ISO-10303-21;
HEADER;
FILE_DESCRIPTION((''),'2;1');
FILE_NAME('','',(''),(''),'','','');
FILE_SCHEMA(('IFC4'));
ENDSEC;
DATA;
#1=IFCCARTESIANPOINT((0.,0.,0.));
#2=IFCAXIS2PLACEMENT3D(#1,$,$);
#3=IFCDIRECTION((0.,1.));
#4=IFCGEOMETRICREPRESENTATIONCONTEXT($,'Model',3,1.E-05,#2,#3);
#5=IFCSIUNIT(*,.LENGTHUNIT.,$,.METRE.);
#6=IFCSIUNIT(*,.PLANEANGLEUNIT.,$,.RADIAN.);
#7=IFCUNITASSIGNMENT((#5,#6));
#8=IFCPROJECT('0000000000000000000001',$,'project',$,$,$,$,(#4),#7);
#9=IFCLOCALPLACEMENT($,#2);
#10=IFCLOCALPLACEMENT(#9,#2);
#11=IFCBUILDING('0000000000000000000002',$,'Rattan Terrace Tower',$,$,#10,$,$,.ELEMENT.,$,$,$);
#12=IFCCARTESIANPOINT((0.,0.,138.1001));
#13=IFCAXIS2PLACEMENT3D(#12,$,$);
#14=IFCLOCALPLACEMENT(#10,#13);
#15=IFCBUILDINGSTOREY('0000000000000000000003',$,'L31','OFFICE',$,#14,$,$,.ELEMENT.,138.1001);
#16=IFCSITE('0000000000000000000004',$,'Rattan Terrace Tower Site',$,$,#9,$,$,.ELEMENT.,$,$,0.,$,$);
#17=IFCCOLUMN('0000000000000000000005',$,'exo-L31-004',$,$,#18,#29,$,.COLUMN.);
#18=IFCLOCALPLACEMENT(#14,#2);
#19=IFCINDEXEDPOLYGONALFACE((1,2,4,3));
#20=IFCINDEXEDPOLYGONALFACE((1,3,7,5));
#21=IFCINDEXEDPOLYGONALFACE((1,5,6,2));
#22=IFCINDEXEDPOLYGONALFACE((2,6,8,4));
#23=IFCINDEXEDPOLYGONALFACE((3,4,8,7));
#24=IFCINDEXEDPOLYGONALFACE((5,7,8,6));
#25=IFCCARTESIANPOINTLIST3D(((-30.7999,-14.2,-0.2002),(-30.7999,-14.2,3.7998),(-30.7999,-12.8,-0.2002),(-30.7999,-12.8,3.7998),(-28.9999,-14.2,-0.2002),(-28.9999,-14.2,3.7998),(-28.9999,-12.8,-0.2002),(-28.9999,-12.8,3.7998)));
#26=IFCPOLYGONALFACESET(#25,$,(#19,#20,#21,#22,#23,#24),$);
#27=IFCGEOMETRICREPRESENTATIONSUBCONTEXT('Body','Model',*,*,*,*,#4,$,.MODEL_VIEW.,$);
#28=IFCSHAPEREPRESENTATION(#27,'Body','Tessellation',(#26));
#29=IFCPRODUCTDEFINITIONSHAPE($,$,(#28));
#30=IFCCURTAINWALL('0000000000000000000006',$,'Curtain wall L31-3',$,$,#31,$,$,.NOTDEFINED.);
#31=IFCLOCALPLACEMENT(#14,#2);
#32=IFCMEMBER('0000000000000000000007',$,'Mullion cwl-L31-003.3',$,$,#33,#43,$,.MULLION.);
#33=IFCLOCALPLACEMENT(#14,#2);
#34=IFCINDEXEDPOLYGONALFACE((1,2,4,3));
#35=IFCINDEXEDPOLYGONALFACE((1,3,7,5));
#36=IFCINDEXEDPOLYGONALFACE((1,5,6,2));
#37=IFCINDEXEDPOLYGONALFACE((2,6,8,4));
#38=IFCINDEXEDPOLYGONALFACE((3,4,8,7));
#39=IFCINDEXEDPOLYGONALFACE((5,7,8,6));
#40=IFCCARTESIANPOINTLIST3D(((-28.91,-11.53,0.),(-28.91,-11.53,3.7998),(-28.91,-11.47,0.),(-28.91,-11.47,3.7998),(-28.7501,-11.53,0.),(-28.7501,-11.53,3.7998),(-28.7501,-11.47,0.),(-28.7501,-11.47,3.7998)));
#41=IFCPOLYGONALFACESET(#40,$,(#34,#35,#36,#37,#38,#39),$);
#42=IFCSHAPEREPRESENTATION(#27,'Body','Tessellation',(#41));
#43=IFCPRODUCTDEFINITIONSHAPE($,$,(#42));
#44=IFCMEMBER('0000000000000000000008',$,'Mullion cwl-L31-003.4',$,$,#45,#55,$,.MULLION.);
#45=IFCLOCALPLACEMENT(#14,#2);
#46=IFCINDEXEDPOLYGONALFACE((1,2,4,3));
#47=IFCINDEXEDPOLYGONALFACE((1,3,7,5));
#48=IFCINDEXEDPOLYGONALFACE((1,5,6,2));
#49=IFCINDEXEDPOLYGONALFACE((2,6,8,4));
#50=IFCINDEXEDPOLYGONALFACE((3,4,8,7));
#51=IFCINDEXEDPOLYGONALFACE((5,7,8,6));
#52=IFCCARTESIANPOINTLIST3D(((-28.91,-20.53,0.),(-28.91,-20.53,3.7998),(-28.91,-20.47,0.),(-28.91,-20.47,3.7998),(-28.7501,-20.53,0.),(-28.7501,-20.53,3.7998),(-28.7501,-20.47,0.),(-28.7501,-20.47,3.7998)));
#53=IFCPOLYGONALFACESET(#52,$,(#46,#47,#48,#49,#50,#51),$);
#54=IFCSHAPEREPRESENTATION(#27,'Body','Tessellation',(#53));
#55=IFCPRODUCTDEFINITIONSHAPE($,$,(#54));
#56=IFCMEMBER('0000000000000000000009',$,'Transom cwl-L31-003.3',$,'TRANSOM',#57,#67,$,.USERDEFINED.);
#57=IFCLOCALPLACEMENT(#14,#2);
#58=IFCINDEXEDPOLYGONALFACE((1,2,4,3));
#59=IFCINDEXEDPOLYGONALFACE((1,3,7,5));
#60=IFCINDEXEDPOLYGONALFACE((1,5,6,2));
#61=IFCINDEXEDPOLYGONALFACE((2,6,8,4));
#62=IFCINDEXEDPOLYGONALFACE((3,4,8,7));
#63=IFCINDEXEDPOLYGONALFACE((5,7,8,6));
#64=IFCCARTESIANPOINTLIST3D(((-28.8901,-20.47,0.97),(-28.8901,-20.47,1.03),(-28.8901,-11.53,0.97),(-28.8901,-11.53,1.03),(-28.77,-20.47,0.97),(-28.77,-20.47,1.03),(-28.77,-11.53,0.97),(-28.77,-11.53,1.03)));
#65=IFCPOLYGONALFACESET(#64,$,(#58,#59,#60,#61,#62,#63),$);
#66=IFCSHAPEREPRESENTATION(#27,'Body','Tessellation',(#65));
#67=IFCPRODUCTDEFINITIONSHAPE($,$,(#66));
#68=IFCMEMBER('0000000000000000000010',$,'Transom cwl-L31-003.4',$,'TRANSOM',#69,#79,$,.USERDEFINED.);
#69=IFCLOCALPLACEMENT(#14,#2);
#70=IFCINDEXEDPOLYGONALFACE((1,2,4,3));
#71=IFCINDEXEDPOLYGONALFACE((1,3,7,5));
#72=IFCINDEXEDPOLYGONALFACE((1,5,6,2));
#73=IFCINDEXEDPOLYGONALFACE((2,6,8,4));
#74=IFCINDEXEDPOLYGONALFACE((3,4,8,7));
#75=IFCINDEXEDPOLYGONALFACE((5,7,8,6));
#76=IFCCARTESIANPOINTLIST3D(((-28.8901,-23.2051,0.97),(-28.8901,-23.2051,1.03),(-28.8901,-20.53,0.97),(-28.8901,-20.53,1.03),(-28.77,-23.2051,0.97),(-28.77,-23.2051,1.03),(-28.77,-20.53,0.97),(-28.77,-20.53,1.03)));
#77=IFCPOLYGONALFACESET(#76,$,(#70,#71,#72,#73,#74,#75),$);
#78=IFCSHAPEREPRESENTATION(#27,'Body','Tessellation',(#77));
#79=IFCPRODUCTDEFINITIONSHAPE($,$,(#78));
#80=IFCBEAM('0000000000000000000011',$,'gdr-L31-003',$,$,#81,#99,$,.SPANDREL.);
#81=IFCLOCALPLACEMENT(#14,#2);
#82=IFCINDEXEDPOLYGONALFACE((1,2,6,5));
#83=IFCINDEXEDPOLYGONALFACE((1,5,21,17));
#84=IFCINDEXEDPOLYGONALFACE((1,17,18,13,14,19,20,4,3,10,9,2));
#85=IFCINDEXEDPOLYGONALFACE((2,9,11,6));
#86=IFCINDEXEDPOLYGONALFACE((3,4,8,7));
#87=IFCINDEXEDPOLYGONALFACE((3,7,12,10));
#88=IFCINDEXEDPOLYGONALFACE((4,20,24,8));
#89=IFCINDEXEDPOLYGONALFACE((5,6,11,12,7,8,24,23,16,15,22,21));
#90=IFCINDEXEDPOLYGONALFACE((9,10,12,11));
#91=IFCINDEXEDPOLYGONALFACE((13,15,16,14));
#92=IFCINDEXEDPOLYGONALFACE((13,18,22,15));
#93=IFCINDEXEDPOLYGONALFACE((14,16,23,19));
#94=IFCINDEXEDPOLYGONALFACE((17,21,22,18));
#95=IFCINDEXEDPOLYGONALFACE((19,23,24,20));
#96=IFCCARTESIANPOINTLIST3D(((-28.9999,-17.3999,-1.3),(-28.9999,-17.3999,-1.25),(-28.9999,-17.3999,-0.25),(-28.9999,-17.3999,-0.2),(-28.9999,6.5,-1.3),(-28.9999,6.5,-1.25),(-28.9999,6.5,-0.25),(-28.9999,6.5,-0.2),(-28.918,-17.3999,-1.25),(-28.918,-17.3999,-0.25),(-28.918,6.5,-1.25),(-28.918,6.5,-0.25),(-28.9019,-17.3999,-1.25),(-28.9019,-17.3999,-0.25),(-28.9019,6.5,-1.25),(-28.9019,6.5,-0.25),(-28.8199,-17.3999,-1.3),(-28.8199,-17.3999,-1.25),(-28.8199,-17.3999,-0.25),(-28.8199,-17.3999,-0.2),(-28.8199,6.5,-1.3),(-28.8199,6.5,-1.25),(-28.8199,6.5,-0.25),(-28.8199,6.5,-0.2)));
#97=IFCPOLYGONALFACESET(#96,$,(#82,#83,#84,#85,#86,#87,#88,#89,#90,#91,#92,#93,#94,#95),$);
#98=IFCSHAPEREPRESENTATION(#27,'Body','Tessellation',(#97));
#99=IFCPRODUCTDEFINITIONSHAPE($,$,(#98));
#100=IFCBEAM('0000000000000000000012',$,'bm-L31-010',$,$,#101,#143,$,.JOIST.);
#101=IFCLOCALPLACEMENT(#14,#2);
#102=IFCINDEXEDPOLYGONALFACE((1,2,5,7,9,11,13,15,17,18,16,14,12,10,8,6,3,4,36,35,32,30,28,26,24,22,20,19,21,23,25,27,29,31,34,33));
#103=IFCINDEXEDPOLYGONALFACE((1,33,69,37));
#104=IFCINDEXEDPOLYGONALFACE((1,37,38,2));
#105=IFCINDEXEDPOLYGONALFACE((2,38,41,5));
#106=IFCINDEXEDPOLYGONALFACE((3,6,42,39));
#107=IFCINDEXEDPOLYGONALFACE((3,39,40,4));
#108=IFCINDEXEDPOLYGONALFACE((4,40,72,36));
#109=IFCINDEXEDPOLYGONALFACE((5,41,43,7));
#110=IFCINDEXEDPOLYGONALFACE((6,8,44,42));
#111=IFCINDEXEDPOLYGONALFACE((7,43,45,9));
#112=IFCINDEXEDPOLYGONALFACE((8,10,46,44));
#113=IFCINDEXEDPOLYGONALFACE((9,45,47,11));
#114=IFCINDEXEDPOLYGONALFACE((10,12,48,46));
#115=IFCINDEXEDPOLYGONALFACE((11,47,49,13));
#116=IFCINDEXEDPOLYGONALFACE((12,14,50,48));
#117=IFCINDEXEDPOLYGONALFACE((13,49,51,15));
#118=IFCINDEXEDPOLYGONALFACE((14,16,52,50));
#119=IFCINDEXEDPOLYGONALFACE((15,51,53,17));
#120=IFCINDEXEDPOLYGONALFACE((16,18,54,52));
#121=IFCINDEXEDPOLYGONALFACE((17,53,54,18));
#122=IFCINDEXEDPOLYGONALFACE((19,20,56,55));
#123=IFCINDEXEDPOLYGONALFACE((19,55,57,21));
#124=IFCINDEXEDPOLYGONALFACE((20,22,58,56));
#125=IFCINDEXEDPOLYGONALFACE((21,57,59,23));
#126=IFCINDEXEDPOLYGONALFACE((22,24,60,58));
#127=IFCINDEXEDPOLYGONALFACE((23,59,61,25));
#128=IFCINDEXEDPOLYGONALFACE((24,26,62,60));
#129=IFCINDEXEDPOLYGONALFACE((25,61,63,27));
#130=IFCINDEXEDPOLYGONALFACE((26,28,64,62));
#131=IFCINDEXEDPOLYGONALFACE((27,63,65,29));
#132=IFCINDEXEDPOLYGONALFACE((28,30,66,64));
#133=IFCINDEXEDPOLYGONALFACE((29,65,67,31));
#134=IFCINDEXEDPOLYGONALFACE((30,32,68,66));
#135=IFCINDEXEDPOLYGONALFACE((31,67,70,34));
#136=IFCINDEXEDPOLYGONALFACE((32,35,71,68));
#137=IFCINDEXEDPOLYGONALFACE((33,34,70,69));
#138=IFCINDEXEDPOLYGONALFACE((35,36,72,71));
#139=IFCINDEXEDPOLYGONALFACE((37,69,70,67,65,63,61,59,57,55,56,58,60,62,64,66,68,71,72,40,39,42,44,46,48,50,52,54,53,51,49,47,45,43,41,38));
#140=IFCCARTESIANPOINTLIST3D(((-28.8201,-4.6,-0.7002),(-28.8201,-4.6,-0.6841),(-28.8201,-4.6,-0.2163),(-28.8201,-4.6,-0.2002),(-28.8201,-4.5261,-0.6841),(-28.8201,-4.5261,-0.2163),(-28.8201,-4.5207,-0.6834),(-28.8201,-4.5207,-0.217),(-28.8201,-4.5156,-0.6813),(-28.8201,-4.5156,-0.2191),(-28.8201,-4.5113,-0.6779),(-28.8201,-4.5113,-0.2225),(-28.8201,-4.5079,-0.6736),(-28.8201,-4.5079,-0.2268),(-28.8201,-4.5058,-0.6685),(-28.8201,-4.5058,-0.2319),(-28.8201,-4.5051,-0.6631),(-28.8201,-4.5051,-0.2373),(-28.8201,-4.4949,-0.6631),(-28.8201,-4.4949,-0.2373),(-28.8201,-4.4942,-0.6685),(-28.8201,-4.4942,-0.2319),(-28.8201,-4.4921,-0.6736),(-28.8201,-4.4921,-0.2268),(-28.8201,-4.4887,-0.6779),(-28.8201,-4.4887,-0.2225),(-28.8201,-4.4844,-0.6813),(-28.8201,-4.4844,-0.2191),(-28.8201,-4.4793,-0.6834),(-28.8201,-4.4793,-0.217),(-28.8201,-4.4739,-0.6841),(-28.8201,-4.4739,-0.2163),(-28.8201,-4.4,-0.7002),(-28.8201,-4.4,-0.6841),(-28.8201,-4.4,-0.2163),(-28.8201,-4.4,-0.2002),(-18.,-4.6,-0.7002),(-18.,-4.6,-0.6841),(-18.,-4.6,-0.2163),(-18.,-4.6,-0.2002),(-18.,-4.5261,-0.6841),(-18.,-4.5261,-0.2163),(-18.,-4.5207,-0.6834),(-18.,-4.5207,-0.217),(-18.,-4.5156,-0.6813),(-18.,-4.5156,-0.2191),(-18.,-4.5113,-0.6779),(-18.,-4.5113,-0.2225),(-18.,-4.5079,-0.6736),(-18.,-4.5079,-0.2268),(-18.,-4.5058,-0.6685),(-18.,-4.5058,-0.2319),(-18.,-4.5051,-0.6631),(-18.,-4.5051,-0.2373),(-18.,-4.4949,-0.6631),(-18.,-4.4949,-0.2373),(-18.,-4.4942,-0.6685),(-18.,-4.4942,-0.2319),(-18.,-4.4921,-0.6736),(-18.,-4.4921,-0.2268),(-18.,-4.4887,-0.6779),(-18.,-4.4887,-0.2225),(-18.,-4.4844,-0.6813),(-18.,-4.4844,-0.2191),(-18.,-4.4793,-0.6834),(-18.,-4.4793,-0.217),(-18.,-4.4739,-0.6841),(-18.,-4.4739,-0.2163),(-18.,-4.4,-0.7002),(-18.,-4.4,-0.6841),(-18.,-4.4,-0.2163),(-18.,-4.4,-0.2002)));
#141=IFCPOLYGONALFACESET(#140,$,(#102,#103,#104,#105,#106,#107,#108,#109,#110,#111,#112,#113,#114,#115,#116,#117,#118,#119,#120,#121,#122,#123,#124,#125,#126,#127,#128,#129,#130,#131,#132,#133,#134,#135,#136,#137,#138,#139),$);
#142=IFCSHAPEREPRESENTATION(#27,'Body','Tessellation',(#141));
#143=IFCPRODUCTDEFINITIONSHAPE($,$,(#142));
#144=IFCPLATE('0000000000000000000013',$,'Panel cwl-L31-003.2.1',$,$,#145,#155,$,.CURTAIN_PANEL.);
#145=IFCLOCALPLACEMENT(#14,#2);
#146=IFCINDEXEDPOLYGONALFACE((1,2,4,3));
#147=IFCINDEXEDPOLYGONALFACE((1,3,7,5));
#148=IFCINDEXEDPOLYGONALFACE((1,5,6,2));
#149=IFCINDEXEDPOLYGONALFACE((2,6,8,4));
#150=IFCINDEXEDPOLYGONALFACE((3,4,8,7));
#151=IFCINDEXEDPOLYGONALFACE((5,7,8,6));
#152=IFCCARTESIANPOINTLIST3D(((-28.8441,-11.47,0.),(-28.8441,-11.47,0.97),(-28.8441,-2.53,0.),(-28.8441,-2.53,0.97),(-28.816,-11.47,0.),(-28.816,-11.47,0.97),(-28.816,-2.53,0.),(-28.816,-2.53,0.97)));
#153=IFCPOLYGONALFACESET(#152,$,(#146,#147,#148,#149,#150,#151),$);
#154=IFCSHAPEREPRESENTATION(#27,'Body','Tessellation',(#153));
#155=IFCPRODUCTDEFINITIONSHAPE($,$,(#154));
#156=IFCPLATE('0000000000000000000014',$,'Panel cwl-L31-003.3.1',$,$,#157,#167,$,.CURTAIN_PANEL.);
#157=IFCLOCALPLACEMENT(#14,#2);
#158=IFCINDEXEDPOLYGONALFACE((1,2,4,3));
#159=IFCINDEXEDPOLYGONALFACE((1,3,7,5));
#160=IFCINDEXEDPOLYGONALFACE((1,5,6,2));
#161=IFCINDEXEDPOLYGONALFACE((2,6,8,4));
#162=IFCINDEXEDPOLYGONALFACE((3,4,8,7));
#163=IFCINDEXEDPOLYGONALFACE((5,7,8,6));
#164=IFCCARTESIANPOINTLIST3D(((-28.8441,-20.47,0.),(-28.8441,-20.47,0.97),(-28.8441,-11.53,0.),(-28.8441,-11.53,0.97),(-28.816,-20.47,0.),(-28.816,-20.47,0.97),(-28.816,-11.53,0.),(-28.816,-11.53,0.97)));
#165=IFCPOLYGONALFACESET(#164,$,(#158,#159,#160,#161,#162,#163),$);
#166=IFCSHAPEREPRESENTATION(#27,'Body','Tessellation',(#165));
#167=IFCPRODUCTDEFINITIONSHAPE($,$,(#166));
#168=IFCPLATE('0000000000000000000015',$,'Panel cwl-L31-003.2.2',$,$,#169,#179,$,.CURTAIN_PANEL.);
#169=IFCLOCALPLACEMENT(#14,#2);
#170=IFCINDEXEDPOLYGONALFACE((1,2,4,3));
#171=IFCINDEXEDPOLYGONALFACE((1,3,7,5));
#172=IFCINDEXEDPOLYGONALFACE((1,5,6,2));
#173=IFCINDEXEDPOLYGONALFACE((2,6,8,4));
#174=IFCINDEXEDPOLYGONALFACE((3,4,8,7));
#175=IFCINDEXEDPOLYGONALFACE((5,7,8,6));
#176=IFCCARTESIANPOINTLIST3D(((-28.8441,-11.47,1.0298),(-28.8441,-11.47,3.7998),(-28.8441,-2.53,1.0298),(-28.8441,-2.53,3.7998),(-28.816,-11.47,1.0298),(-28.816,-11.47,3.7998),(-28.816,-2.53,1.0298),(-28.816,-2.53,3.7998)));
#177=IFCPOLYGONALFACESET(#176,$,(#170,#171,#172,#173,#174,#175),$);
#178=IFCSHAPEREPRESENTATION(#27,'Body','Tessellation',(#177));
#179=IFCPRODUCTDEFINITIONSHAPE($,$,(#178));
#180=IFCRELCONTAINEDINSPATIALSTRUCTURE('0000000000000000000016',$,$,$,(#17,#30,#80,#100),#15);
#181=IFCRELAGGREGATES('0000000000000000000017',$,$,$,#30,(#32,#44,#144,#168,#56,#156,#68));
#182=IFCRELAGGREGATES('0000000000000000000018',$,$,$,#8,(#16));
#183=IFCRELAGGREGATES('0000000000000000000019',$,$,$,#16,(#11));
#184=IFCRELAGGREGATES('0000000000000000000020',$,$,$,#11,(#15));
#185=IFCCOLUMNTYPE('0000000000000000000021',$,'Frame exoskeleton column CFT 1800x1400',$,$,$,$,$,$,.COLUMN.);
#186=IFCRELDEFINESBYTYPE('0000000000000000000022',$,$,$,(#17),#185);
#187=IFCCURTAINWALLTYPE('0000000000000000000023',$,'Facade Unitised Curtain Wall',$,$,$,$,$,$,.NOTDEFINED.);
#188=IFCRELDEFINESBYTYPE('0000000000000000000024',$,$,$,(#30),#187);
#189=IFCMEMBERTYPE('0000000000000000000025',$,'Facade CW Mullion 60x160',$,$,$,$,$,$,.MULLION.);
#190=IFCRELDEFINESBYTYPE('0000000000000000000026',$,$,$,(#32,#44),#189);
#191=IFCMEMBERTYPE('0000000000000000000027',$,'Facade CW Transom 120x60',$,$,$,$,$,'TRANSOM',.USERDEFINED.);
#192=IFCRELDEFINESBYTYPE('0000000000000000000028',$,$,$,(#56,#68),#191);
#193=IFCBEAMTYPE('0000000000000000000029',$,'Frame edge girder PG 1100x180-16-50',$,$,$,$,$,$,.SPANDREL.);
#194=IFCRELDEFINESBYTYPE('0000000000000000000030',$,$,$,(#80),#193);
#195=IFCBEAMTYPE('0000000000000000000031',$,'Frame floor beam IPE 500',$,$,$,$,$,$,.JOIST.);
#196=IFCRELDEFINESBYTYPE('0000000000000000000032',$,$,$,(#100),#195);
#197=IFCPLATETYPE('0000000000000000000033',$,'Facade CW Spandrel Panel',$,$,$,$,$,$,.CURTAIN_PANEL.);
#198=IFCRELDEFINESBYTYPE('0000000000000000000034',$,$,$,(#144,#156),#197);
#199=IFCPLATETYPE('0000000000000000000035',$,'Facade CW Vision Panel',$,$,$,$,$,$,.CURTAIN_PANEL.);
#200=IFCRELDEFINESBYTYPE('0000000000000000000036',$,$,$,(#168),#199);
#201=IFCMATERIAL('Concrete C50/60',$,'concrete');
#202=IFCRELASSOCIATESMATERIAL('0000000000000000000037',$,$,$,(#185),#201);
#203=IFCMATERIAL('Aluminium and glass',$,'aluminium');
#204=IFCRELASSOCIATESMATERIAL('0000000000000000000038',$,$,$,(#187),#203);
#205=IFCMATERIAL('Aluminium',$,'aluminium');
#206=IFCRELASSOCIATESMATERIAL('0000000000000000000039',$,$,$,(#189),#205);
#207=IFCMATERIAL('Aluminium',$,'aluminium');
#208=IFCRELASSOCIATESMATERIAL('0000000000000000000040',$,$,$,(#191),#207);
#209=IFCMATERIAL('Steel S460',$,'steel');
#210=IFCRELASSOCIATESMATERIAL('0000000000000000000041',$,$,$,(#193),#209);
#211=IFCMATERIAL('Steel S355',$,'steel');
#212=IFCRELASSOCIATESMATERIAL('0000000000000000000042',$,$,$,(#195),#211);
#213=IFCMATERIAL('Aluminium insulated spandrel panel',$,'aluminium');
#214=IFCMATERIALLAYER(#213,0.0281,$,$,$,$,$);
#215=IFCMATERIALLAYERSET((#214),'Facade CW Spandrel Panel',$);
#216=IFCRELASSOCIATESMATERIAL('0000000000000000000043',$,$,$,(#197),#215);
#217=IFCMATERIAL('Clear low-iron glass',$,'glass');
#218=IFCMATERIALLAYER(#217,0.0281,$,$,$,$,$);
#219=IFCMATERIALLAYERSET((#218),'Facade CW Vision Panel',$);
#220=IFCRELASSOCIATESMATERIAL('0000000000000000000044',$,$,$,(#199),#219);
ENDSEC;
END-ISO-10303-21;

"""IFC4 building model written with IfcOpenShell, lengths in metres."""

from ifc_helpers import new_model, si_unit, direction, frame, origin, origin_2d, place, context, subcontext, project, spatial, rectangle, i_section, extrude, material, layer, layer_set, material_profile, profile_set, type_object, element, aggregate, save


model = new_model("IFC4")

# Units and contexts
model_context = context("Model", 3, precision=1e-05, world=origin(), true_north=direction((0.0, 1.0)))
body_context = subcontext(model_context, "Body", "Model", "MODEL_VIEW")
ifc_project = project(units=[si_unit("LENGTHUNIT", "METRE"), si_unit("PLANEANGLEUNIT", "RADIAN")], contexts=[model_context])

# Site, building, storey
site_placement = place(None, origin())
site = spatial("IfcSite", under=ifc_project, at=site_placement, Name="Rattan Terrace Tower Site", CompositionType="ELEMENT", RefElevation=0.0)
building_placement = place(site_placement, origin())
building = spatial("IfcBuilding", under=site, at=building_placement, Name="Rattan Terrace Tower", CompositionType="ELEMENT")
storey_placement = place(building_placement, frame((0.0, 0.0, 138.1001)))
storey = spatial("IfcBuildingStorey", under=building, at=storey_placement, Name="L31", Description="OFFICE", CompositionType="ELEMENT", Elevation=138.1001)

# Column
ifc_material_1 = material(Name="Concrete C50/60", Category="concrete")
ifc_material_profile_1 = material_profile(ifc_material_1, rectangle(XDim=1.3999, YDim=1.8, at=origin_2d()), Name="CFT 1800x1400")
ifc_profile_set_1 = profile_set([ifc_material_profile_1], Name="Concrete C50/60")
column_type = type_object("IfcColumnType", Name="Frame exoskeleton column CFT 1800x1400", PredefinedType="COLUMN", material=ifc_profile_set_1)
column_placement = place(storey_placement, frame((-29.8999, -13.5, -0.2002), z_axis=(0.0, 0.0, 1.0), x_axis=(0.0, 1.0, 0.0)))
element("IfcColumn", 1, at=column_placement, inside=storey, type_object=column_type, Name="exo-L31-004", PredefinedType="COLUMN", context=body_context, shape_type="SweptSolid", body=[
    extrude(rectangle(XDim=1.3999, YDim=1.8, at=origin_2d()), origin(), (0.0, 0.0, 1.0), 4.0),
])

# Curtain wall, members
ifc_material_2 = material(Name="Aluminium and glass", Category="aluminium")
curtain_wall_type = type_object("IfcCurtainWallType", Name="Facade Unitised Curtain Wall", PredefinedType="NOTDEFINED", material=ifc_material_2)
curtain_wall_placement = place(storey_placement, origin())
curtain_wall = element("IfcCurtainWall", 2, at=curtain_wall_placement, inside=storey, type_object=curtain_wall_type, Name="Curtain wall L31-3", PredefinedType="NOTDEFINED")
ifc_material_3 = material(Name="Aluminium", Category="aluminium")
ifc_material_profile_2 = material_profile(ifc_material_3, rectangle(XDim=0.0601, YDim=0.1599, at=origin_2d()), Name="Aluminium 60x160")
ifc_profile_set_2 = profile_set([ifc_material_profile_2], Name="Aluminium")
member_type_1 = type_object("IfcMemberType", Name="Facade CW Mullion 60x160", PredefinedType="MULLION", material=ifc_profile_set_2)
member_1_placement = place(storey_placement, frame((-28.8301, -11.5, 0.0), z_axis=(0.0, 0.0, 1.0), x_axis=(0.0, -1.0, 0.0)))
member_1 = element("IfcMember", 3, at=member_1_placement, type_object=member_type_1, Name="Mullion cwl-L31-003.3", PredefinedType="MULLION", context=body_context, shape_type="SweptSolid", body=[
    extrude(rectangle(XDim=0.0601, YDim=0.1599, at=origin_2d()), origin(), (0.0, 0.0, 1.0), 3.7998),
])
member_2_placement = place(storey_placement, frame((-28.8301, -20.5, 0.0), z_axis=(0.0, 0.0, 1.0), x_axis=(0.0, -1.0, 0.0)))
member_2 = element("IfcMember", 4, at=member_2_placement, type_object=member_type_1, Name="Mullion cwl-L31-003.4", PredefinedType="MULLION", context=body_context, shape_type="SweptSolid", body=[
    extrude(rectangle(XDim=0.0601, YDim=0.1599, at=origin_2d()), origin(), (0.0, 0.0, 1.0), 3.7998),
])
ifc_material_4 = material(Name="Aluminium", Category="aluminium")
ifc_material_profile_3 = material_profile(ifc_material_4, rectangle(XDim=0.1201, YDim=0.0601, at=origin_2d()), Name="Aluminium 120x60")
ifc_profile_set_3 = profile_set([ifc_material_profile_3], Name="Aluminium")
member_type_2 = type_object("IfcMemberType", Name="Facade CW Transom 120x60", ElementType="TRANSOM", PredefinedType="USERDEFINED", material=ifc_profile_set_3)
member_3_placement = place(storey_placement, frame((-28.8301, -11.53, 1.0), z_axis=(0.0, -1.0, 0.0), x_axis=(1.0, 0.0, 0.0)))
member_3 = element("IfcMember", 5, at=member_3_placement, type_object=member_type_2, Name="Transom cwl-L31-003.3", ObjectType="TRANSOM", PredefinedType="USERDEFINED", context=body_context, shape_type="SweptSolid", body=[
    extrude(rectangle(XDim=0.1201, YDim=0.0601, at=origin_2d()), origin(), (0.0, 0.0, 1.0), 8.9399),
])
member_4_placement = place(storey_placement, frame((-28.8301, -20.53, 1.0), z_axis=(0.0, -1.0, 0.0), x_axis=(1.0, 0.0, 0.0)))
member_4 = element("IfcMember", 6, at=member_4_placement, type_object=member_type_2, Name="Transom cwl-L31-003.4", ObjectType="TRANSOM", PredefinedType="USERDEFINED", context=body_context, shape_type="SweptSolid", body=[
    extrude(rectangle(XDim=0.1201, YDim=0.0601, at=origin_2d()), origin(), (0.0, 0.0, 1.0), 2.675),
])

# Beams
ifc_material_5 = material(Name="Steel S460", Category="steel")
ifc_material_profile_4 = material_profile(ifc_material_5, i_section(OverallWidth=0.1799, OverallDepth=1.1001, WebThickness=0.0161, FlangeThickness=0.05, at=origin_2d()), Name="PG 1100x180-16-50")
ifc_profile_set_4 = profile_set([ifc_material_profile_4], Name="Steel S460")
beam_type_1 = type_object("IfcBeamType", Name="Frame edge girder PG 1100x180-16-50", PredefinedType="SPANDREL", material=ifc_profile_set_4)
beam_1_placement = place(storey_placement, frame((-28.9099, -17.3999, -0.75), z_axis=(0.0, 1.0, 0.0), x_axis=(-1.0, 0.0, 0.0)))
element("IfcBeam", 7, at=beam_1_placement, inside=storey, type_object=beam_type_1, Name="gdr-L31-003", PredefinedType="SPANDREL", context=body_context, shape_type="SweptSolid", body=[
    extrude(i_section(OverallWidth=0.1799, OverallDepth=1.1001, WebThickness=0.0161, FlangeThickness=0.05, at=origin_2d()), origin(), (0.0, 0.0, 1.0), 23.8999),
])
ifc_material_6 = material(Name="Steel S355", Category="steel")
ifc_material_profile_5 = material_profile(ifc_material_6, i_section(OverallWidth=0.2, OverallDepth=0.5, WebThickness=0.0103, FlangeThickness=0.0161, FilletRadius=0.021, at=origin_2d()), Name="IPE 500")
ifc_profile_set_5 = profile_set([ifc_material_profile_5], Name="Steel S355")
beam_type_2 = type_object("IfcBeamType", Name="Frame floor beam IPE 500", PredefinedType="JOIST", material=ifc_profile_set_5)
beam_2_placement = place(storey_placement, frame((-28.8201, -4.5, -0.4502), z_axis=(1.0, 0.0, 0.0), x_axis=(0.0, 1.0, 0.0)))
element("IfcBeam", 8, at=beam_2_placement, inside=storey, type_object=beam_type_2, Name="bm-L31-010", PredefinedType="JOIST", context=body_context, shape_type="SweptSolid", body=[
    extrude(i_section(OverallWidth=0.2, OverallDepth=0.5, WebThickness=0.0103, FlangeThickness=0.0161, FilletRadius=0.021, at=origin_2d()), origin(), (0.0, 0.0, 1.0), 10.8201),
])

# Plates
ifc_material_7 = material(Name="Aluminium insulated spandrel panel", Category="aluminium")
ifc_layer_1 = layer(ifc_material_7, 0.0281)
ifc_layer_set_1 = layer_set([ifc_layer_1], Name="Facade CW Spandrel Panel")
plate_type_1 = type_object("IfcPlateType", Name="Facade CW Spandrel Panel", PredefinedType="CURTAIN_PANEL", material=ifc_layer_set_1)
plate_1_placement = place(storey_placement, frame((-28.8301, -7.0, 0.0), z_axis=(0.0, 0.0, 1.0), x_axis=(0.0, -1.0, 0.0)))
plate_1 = element("IfcPlate", 9, at=plate_1_placement, type_object=plate_type_1, Name="Panel cwl-L31-003.2.1", PredefinedType="CURTAIN_PANEL", context=body_context, shape_type="SweptSolid", body=[
    extrude(rectangle(XDim=8.9399, YDim=0.0281, at=origin_2d()), origin(), (0.0, 0.0, 1.0), 0.97),
])
plate_2_placement = place(storey_placement, frame((-28.8301, -16.0, 0.0), z_axis=(0.0, 0.0, 1.0), x_axis=(0.0, -1.0, 0.0)))
plate_2 = element("IfcPlate", 10, at=plate_2_placement, type_object=plate_type_1, Name="Panel cwl-L31-003.3.1", PredefinedType="CURTAIN_PANEL", context=body_context, shape_type="SweptSolid", body=[
    extrude(rectangle(XDim=8.9399, YDim=0.0281, at=origin_2d()), origin(), (0.0, 0.0, 1.0), 0.97),
])
ifc_material_8 = material(Name="Clear low-iron glass", Category="glass")
ifc_layer_2 = layer(ifc_material_8, 0.0281)
ifc_layer_set_2 = layer_set([ifc_layer_2], Name="Facade CW Vision Panel")
plate_type_2 = type_object("IfcPlateType", Name="Facade CW Vision Panel", PredefinedType="CURTAIN_PANEL", material=ifc_layer_set_2)
plate_3_placement = place(storey_placement, frame((-28.8301, -7.0, 1.0298), z_axis=(0.0, 0.0, 1.0), x_axis=(0.0, -1.0, 0.0)))
plate_3 = element("IfcPlate", 11, at=plate_3_placement, type_object=plate_type_2, Name="Panel cwl-L31-003.2.2", PredefinedType="CURTAIN_PANEL", context=body_context, shape_type="SweptSolid", body=[
    extrude(rectangle(XDim=8.9399, YDim=0.0281, at=origin_2d()), origin(), (0.0, 0.0, 1.0), 2.77),
])
aggregate(curtain_wall, [member_1, member_2, plate_1, plate_3, member_3, plate_2, member_4])

save(model, "model.ifc")
